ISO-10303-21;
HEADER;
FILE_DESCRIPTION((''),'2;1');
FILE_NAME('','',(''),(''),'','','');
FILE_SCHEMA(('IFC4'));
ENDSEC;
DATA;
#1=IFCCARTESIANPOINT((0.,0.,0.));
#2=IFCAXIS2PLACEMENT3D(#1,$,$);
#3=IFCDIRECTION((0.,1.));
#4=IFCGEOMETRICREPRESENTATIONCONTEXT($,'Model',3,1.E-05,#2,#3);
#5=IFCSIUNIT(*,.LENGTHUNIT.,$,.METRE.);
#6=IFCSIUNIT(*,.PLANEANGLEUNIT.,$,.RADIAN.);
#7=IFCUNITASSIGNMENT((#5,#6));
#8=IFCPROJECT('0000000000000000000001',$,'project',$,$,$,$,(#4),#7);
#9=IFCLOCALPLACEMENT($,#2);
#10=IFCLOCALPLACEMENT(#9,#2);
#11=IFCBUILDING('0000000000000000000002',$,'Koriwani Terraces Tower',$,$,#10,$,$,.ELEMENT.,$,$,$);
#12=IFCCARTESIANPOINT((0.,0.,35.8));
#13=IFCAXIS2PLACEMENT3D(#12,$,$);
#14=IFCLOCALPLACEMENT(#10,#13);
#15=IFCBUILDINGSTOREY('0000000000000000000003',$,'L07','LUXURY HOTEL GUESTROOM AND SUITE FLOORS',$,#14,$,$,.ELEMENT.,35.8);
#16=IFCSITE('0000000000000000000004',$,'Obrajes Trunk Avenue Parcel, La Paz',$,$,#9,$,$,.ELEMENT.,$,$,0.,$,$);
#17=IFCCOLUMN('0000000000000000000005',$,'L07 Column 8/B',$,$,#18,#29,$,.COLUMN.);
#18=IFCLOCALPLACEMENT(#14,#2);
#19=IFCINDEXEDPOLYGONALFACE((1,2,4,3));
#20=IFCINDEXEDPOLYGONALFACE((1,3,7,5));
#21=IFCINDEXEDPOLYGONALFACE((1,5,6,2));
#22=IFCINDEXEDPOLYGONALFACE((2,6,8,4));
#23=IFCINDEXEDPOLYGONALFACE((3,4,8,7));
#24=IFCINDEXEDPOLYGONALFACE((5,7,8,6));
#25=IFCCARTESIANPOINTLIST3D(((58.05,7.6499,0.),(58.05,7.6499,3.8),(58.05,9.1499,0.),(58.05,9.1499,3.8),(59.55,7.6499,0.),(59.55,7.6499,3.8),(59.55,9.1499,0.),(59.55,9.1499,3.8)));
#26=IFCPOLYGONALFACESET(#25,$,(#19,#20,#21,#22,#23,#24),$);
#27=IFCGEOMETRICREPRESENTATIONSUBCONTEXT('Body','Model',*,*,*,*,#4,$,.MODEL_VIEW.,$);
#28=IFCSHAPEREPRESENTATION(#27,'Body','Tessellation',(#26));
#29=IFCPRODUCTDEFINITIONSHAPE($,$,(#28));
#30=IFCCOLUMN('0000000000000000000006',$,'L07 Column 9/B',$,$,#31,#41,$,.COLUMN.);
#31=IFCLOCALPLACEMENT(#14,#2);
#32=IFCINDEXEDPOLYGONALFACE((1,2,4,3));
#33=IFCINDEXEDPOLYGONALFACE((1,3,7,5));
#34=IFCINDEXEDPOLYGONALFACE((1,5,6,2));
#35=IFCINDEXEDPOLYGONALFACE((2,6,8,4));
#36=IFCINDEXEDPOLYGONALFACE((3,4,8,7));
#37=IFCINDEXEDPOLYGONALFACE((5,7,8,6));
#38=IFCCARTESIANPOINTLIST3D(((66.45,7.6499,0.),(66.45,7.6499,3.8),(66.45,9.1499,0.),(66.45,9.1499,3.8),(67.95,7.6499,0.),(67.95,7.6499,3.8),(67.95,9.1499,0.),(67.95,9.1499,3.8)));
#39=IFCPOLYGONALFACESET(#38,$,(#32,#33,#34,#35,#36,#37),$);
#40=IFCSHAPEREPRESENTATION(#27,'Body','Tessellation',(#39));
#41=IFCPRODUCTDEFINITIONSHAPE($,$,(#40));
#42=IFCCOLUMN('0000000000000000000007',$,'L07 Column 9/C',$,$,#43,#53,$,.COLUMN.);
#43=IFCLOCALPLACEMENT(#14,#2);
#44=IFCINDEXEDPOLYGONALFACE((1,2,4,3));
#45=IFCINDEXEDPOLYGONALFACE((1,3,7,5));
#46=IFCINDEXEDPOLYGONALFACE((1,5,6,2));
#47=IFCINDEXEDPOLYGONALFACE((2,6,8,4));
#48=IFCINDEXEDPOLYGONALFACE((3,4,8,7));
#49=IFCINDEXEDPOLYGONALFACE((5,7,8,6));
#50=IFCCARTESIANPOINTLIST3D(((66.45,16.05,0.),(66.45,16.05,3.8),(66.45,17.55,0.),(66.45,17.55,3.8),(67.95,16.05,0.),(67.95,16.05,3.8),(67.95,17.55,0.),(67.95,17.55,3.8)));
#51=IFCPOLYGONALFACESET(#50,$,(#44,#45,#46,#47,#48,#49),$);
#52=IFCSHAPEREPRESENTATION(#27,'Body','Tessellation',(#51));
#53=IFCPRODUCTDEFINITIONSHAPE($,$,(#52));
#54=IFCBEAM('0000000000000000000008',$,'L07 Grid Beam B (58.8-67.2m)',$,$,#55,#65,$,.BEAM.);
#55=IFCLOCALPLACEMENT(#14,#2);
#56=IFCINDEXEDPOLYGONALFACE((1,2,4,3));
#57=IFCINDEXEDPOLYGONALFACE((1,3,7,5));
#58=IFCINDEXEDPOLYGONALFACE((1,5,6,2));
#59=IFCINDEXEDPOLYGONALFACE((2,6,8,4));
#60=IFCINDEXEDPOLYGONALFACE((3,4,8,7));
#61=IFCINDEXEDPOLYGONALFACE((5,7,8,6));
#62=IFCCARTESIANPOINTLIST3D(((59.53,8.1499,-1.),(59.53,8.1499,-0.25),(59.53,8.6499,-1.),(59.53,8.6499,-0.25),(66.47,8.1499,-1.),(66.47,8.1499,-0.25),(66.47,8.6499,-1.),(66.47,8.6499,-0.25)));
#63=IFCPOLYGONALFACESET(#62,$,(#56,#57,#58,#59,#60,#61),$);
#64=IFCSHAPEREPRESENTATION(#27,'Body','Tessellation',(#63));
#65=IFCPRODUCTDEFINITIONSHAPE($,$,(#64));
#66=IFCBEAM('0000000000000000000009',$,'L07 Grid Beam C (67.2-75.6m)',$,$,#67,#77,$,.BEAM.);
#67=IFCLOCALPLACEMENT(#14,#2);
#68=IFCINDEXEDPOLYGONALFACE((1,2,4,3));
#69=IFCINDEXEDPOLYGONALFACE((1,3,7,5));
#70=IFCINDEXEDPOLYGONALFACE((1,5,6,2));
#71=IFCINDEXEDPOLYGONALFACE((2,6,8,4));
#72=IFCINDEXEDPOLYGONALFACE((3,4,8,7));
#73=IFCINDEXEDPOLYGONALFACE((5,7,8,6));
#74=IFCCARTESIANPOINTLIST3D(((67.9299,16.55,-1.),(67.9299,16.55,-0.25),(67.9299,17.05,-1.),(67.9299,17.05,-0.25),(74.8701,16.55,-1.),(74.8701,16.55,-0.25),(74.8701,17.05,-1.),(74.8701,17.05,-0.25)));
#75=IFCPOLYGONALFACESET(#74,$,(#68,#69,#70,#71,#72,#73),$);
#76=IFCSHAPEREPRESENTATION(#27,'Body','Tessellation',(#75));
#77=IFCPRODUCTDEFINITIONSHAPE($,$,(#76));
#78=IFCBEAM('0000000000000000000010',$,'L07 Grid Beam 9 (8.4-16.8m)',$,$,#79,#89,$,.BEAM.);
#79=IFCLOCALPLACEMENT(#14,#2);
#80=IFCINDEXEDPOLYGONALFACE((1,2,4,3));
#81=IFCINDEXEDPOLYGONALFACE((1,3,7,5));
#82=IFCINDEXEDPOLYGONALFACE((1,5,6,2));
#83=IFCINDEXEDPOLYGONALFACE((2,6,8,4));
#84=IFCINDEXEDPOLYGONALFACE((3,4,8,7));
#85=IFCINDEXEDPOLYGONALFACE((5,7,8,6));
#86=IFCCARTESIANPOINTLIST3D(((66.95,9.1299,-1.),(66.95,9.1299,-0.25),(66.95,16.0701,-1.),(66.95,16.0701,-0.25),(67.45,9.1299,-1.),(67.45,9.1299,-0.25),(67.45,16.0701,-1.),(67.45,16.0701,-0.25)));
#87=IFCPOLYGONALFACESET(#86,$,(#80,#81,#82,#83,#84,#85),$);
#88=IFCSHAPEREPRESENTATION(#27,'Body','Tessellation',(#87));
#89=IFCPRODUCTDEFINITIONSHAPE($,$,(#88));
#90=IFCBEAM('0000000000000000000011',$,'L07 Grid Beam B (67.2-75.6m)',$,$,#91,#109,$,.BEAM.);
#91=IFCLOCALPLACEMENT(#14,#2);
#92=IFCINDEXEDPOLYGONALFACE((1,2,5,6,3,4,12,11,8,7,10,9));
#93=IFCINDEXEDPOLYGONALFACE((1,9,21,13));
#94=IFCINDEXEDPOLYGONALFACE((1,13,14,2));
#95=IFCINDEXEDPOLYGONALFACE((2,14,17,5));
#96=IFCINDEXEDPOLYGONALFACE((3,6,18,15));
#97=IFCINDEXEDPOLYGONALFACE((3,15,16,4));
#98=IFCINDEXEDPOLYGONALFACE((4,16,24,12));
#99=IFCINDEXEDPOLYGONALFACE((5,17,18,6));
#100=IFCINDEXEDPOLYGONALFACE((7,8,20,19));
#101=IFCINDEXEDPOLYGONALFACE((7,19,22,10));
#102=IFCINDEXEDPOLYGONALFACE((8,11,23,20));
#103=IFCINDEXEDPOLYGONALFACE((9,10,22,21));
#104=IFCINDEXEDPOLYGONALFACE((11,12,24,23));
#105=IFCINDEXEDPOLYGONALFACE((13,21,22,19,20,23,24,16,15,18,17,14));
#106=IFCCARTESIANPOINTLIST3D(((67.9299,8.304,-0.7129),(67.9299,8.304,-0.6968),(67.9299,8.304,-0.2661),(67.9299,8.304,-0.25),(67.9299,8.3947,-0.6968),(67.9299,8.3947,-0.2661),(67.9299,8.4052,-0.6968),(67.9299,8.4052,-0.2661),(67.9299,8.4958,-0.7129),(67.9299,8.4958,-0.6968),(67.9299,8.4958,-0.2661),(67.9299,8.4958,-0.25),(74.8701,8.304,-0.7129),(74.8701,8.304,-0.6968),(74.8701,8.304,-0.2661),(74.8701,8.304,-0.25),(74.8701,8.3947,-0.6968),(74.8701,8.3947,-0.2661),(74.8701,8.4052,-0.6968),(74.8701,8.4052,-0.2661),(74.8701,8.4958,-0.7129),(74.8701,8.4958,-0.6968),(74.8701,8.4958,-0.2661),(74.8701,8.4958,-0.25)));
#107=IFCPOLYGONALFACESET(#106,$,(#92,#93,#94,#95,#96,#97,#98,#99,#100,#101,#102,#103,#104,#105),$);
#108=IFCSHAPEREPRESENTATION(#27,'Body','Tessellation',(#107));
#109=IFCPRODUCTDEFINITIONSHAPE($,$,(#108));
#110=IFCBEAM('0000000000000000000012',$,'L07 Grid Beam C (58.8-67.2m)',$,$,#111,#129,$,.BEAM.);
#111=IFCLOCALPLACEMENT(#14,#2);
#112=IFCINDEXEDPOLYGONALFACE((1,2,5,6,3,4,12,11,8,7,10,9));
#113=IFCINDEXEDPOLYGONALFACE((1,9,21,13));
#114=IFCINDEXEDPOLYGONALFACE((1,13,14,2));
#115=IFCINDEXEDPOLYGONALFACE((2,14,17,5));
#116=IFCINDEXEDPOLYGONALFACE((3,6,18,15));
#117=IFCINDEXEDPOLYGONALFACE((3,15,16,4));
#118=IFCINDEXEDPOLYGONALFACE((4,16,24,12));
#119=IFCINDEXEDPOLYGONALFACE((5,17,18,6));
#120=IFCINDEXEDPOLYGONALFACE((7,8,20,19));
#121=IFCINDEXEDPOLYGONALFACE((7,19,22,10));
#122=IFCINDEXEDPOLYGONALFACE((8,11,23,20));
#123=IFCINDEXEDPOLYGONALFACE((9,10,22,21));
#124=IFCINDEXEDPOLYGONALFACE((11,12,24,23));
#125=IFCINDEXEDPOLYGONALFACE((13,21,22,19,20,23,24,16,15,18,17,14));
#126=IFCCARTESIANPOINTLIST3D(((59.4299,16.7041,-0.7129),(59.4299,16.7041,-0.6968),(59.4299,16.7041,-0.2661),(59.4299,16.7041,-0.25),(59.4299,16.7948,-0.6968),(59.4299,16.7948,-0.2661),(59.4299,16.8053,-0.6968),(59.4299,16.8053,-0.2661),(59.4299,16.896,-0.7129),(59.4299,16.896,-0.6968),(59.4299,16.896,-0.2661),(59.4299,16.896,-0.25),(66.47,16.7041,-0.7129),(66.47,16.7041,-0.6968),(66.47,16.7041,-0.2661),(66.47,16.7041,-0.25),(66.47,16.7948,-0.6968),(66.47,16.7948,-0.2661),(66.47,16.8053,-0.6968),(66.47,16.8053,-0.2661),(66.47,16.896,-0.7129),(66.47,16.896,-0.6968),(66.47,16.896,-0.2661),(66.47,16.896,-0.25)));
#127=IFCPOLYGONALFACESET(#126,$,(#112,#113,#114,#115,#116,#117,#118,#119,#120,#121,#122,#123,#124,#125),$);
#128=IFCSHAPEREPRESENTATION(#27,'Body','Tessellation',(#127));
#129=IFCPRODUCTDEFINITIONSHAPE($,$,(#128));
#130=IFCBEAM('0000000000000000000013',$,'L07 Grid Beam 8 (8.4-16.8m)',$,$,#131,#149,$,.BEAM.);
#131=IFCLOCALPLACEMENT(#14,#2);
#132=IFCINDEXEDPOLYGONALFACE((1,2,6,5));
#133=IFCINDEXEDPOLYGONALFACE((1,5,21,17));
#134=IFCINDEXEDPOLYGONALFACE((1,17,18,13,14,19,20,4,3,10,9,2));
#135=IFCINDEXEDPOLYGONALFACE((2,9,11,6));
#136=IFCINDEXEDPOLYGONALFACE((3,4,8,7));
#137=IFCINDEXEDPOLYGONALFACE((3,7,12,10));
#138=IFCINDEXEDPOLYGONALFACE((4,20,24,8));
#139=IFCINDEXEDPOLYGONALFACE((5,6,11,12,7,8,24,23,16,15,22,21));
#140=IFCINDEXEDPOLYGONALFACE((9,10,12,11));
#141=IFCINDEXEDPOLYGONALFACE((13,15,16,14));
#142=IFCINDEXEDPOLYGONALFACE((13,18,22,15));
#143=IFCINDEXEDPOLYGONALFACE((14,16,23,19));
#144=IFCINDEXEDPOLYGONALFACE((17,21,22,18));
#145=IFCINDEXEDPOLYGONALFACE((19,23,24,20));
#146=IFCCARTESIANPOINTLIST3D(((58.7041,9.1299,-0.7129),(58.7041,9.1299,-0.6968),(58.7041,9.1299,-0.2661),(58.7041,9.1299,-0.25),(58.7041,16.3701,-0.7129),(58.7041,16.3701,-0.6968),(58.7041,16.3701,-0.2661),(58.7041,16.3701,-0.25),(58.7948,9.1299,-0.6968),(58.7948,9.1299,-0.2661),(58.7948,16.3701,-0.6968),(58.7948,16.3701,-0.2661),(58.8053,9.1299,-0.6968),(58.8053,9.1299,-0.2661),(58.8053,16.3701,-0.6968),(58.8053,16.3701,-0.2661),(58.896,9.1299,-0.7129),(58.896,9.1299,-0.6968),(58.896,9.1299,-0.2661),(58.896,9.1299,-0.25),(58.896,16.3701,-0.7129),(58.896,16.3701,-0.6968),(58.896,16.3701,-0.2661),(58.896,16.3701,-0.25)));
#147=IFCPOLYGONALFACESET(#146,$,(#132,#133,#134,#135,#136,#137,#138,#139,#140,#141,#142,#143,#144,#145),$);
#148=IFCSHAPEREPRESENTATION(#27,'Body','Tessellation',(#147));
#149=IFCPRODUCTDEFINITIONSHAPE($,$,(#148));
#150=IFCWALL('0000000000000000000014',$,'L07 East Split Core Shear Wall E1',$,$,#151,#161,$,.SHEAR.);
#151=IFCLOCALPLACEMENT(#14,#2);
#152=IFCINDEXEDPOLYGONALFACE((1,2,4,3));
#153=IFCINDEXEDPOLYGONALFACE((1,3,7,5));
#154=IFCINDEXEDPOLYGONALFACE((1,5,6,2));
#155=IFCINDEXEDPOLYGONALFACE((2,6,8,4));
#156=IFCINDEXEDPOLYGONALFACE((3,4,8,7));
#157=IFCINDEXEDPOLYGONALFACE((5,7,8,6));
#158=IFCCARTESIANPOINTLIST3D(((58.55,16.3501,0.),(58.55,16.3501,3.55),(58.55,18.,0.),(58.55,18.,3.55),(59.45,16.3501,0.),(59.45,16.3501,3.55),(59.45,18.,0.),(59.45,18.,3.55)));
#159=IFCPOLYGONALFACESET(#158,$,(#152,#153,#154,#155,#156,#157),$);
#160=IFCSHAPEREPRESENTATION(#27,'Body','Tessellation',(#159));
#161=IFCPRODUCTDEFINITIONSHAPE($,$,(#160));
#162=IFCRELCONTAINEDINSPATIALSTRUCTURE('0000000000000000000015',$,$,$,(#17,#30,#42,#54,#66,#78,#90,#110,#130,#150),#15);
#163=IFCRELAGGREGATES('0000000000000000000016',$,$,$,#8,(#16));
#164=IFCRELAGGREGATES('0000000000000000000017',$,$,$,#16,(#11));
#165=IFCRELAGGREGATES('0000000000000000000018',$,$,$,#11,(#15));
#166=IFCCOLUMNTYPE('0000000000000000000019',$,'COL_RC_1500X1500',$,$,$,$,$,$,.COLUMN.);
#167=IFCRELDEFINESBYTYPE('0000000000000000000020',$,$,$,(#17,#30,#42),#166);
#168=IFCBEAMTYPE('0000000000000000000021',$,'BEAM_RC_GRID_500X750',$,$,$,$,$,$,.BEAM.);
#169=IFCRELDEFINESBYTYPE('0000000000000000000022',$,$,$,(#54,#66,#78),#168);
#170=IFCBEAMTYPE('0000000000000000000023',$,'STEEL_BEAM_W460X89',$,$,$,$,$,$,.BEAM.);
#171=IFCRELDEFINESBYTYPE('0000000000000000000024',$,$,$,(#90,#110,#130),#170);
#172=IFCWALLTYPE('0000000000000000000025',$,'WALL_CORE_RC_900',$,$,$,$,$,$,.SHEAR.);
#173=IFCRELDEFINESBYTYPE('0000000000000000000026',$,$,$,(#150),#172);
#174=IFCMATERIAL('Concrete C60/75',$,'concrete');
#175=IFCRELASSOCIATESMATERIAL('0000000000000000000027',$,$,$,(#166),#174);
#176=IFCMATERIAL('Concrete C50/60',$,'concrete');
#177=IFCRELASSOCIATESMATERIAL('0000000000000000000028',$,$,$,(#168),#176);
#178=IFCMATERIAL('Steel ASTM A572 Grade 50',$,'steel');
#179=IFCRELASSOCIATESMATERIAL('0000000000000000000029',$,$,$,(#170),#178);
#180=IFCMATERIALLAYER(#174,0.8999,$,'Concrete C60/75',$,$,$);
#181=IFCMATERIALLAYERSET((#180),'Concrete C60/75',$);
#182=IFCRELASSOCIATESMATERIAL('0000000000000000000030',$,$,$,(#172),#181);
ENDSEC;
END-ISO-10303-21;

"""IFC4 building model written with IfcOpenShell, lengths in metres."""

from ifc_helpers import new_model, si_unit, direction, frame, frame_2d, origin, origin_2d, place, context, subcontext, project, spatial, rectangle, i_section, extrude, material, layer, layer_set, material_profile, profile_set, type_object, element, save


model = new_model("IFC4")

# Units and contexts
model_context = context("Model", 3, precision=1e-05, world=origin(), true_north=direction((0.0, 1.0)))
body_context = subcontext(model_context, "Body", "Model", "MODEL_VIEW")
ifc_project = project(units=[si_unit("LENGTHUNIT", "METRE"), si_unit("PLANEANGLEUNIT", "RADIAN")], contexts=[model_context])

# Site, building, storey
site_placement = place(None, origin())
site = spatial("IfcSite", under=ifc_project, at=site_placement, Name="Obrajes Trunk Avenue Parcel, La Paz", CompositionType="ELEMENT", RefElevation=0.0)
building_placement = place(site_placement, origin())
building = spatial("IfcBuilding", under=site, at=building_placement, Name="Koriwani Terraces Tower", CompositionType="ELEMENT")
storey_placement = place(building_placement, frame((0.0, 0.0, 35.8)))
storey = spatial("IfcBuildingStorey", under=building, at=storey_placement, Name="L07", Description="LUXURY HOTEL GUESTROOM AND SUITE FLOORS", CompositionType="ELEMENT", Elevation=35.8)

# Columns
ifc_material_1 = material(Name="Concrete C60/75", Category="concrete")
ifc_material_profile_1 = material_profile(ifc_material_1, rectangle(XDim=1.5, YDim=1.5, at=origin_2d()), Name="Concrete C60/75", Category="LoadBearing")
ifc_profile_set_1 = profile_set([ifc_material_profile_1], Name="Concrete C60/75")
column_type = type_object("IfcColumnType", Name="COL_RC_1500X1500", PredefinedType="COLUMN", material=ifc_profile_set_1)
for number, where, z_axis, x_axis, name in (
    (1, (58.8, 8.3999, 0.0), (0.0, 0.0, 1.0), (1.0, 0.0, 0.0), "L07 Column 8/B"),
    (2, (67.2, 8.3999, 0.0), (0.0, 0.0, 1.0), (1.0, 0.0, 0.0), "L07 Column 9/B"),
    (3, (67.2, 16.8, 0.0), (0.0, 0.0, 1.0), (1.0, 0.0, 0.0), "L07 Column 9/C"),
):
    element("IfcColumn", number, at=place(storey_placement, frame(where, z_axis=z_axis, x_axis=x_axis)), inside=storey, type_object=column_type, Name=name, PredefinedType="COLUMN", context=body_context, shape_type="SweptSolid", body=[
        extrude(rectangle(XDim=1.5, YDim=1.5, at=origin_2d()), origin(), (0.0, 0.0, 1.0), 3.8),
    ])

# Beams
ifc_material_2 = material(Name="Concrete C50/60", Category="concrete")
ifc_material_profile_2 = material_profile(ifc_material_2, rectangle(XDim=0.5, YDim=0.75, at=origin_2d()), Name="Concrete C50/60", Category="LoadBearing")
ifc_profile_set_2 = profile_set([ifc_material_profile_2], Name="Concrete C50/60")
beam_type_1 = type_object("IfcBeamType", Name="BEAM_RC_GRID_500X750", PredefinedType="BEAM", material=ifc_profile_set_2)
beam_1_placement = place(storey_placement, frame((59.53, 8.3999, -0.625), z_axis=(1.0, 0.0, 0.0), x_axis=(0.0, 1.0, 0.0)))
element("IfcBeam", 4, at=beam_1_placement, inside=storey, type_object=beam_type_1, Name="L07 Grid Beam B (58.8-67.2m)", PredefinedType="BEAM", context=body_context, shape_type="SweptSolid", body=[
    extrude(rectangle(XDim=0.5, YDim=0.75, at=origin_2d()), origin(), (0.0, 0.0, 1.0), 6.9399),
])
for number, where, z_axis, x_axis, name in (
    (5, (67.9299, 16.8, -0.625), (1.0, 0.0, 0.0), (0.0, 1.0, 0.0), "L07 Grid Beam C (67.2-75.6m)"),
    (6, (67.2, 9.1299, -0.625), (0.0, 1.0, 0.0), (-1.0, 0.0, 0.0), "L07 Grid Beam 9 (8.4-16.8m)"),
):
    element("IfcBeam", number, at=place(storey_placement, frame(where, z_axis=z_axis, x_axis=x_axis)), inside=storey, type_object=beam_type_1, Name=name, PredefinedType="BEAM", context=body_context, shape_type="SweptSolid", body=[
        extrude(rectangle(XDim=0.5, YDim=0.75, at=origin_2d()), origin(), (0.0, 0.0, 1.0), 6.9402),
    ])
ifc_material_3 = material(Name="Steel ASTM A572 Grade 50", Category="steel")
ifc_material_profile_3 = material_profile(ifc_material_3, i_section(OverallWidth=0.1919, OverallDepth=0.4629, WebThickness=0.0105, FlangeThickness=0.0161, at=origin_2d()), Name="Steel ASTM A572 Grade 50", Category="LoadBearing")
ifc_profile_set_3 = profile_set([ifc_material_profile_3], Name="Steel ASTM A572 Grade 50")
beam_type_2 = type_object("IfcBeamType", Name="STEEL_BEAM_W460X89", PredefinedType="BEAM", material=ifc_profile_set_3)
beam_2_placement = place(storey_placement, frame((67.9299, 8.3999, -0.4814), z_axis=(1.0, 0.0, 0.0), x_axis=(0.0, 1.0, 0.0)))
element("IfcBeam", 7, at=beam_2_placement, inside=storey, type_object=beam_type_2, Name="L07 Grid Beam B (67.2-75.6m)", PredefinedType="BEAM", context=body_context, shape_type="SweptSolid", body=[
    extrude(i_section(OverallWidth=0.1919, OverallDepth=0.4629, WebThickness=0.0105, FlangeThickness=0.0161, at=origin_2d()), origin(), (0.0, 0.0, 1.0), 6.9402),
])
beam_3_placement = place(storey_placement, frame((59.4299, 16.8, -0.4814), z_axis=(1.0, 0.0, 0.0), x_axis=(0.0, 1.0, 0.0)))
element("IfcBeam", 8, at=beam_3_placement, inside=storey, type_object=beam_type_2, Name="L07 Grid Beam C (58.8-67.2m)", PredefinedType="BEAM", context=body_context, shape_type="SweptSolid", body=[
    extrude(i_section(OverallWidth=0.1919, OverallDepth=0.4629, WebThickness=0.0105, FlangeThickness=0.0161, at=origin_2d()), origin(), (0.0, 0.0, 1.0), 7.04),
])
beam_4_placement = place(storey_placement, frame((58.8, 9.1299, -0.4814), z_axis=(0.0, 1.0, 0.0), x_axis=(-1.0, 0.0, 0.0)))
element("IfcBeam", 9, at=beam_4_placement, inside=storey, type_object=beam_type_2, Name="L07 Grid Beam 8 (8.4-16.8m)", PredefinedType="BEAM", context=body_context, shape_type="SweptSolid", body=[
    extrude(i_section(OverallWidth=0.1919, OverallDepth=0.4629, WebThickness=0.0105, FlangeThickness=0.0161, at=origin_2d()), origin(), (0.0, 0.0, 1.0), 7.2402),
])

# Wall
ifc_layer_1 = layer(ifc_material_1, 0.8999, Name="Concrete C60/75")
ifc_layer_set_1 = layer_set([ifc_layer_1], Name="Concrete C60/75")
wall_type_1 = type_object("IfcWallType", Name="WALL_CORE_RC_900", PredefinedType="SHEAR", material=ifc_layer_set_1)
wall_1_placement = place(storey_placement, frame((59.0, 16.3501, 0.0), z_axis=(0.0, 0.0, 1.0), x_axis=(0.0, 1.0, 0.0)))
element("IfcWall", 10, at=wall_1_placement, inside=storey, type_object=wall_type_1, Name="L07 East Split Core Shear Wall E1", PredefinedType="SHEAR", context=body_context, shape_type="SweptSolid", body=[
    extrude(rectangle(XDim=1.6499, YDim=0.8999, at=frame_2d((0.825, 0.0))), origin(), (0.0, 0.0, 1.0), 3.55),
])

save(model, "model.ifc")
